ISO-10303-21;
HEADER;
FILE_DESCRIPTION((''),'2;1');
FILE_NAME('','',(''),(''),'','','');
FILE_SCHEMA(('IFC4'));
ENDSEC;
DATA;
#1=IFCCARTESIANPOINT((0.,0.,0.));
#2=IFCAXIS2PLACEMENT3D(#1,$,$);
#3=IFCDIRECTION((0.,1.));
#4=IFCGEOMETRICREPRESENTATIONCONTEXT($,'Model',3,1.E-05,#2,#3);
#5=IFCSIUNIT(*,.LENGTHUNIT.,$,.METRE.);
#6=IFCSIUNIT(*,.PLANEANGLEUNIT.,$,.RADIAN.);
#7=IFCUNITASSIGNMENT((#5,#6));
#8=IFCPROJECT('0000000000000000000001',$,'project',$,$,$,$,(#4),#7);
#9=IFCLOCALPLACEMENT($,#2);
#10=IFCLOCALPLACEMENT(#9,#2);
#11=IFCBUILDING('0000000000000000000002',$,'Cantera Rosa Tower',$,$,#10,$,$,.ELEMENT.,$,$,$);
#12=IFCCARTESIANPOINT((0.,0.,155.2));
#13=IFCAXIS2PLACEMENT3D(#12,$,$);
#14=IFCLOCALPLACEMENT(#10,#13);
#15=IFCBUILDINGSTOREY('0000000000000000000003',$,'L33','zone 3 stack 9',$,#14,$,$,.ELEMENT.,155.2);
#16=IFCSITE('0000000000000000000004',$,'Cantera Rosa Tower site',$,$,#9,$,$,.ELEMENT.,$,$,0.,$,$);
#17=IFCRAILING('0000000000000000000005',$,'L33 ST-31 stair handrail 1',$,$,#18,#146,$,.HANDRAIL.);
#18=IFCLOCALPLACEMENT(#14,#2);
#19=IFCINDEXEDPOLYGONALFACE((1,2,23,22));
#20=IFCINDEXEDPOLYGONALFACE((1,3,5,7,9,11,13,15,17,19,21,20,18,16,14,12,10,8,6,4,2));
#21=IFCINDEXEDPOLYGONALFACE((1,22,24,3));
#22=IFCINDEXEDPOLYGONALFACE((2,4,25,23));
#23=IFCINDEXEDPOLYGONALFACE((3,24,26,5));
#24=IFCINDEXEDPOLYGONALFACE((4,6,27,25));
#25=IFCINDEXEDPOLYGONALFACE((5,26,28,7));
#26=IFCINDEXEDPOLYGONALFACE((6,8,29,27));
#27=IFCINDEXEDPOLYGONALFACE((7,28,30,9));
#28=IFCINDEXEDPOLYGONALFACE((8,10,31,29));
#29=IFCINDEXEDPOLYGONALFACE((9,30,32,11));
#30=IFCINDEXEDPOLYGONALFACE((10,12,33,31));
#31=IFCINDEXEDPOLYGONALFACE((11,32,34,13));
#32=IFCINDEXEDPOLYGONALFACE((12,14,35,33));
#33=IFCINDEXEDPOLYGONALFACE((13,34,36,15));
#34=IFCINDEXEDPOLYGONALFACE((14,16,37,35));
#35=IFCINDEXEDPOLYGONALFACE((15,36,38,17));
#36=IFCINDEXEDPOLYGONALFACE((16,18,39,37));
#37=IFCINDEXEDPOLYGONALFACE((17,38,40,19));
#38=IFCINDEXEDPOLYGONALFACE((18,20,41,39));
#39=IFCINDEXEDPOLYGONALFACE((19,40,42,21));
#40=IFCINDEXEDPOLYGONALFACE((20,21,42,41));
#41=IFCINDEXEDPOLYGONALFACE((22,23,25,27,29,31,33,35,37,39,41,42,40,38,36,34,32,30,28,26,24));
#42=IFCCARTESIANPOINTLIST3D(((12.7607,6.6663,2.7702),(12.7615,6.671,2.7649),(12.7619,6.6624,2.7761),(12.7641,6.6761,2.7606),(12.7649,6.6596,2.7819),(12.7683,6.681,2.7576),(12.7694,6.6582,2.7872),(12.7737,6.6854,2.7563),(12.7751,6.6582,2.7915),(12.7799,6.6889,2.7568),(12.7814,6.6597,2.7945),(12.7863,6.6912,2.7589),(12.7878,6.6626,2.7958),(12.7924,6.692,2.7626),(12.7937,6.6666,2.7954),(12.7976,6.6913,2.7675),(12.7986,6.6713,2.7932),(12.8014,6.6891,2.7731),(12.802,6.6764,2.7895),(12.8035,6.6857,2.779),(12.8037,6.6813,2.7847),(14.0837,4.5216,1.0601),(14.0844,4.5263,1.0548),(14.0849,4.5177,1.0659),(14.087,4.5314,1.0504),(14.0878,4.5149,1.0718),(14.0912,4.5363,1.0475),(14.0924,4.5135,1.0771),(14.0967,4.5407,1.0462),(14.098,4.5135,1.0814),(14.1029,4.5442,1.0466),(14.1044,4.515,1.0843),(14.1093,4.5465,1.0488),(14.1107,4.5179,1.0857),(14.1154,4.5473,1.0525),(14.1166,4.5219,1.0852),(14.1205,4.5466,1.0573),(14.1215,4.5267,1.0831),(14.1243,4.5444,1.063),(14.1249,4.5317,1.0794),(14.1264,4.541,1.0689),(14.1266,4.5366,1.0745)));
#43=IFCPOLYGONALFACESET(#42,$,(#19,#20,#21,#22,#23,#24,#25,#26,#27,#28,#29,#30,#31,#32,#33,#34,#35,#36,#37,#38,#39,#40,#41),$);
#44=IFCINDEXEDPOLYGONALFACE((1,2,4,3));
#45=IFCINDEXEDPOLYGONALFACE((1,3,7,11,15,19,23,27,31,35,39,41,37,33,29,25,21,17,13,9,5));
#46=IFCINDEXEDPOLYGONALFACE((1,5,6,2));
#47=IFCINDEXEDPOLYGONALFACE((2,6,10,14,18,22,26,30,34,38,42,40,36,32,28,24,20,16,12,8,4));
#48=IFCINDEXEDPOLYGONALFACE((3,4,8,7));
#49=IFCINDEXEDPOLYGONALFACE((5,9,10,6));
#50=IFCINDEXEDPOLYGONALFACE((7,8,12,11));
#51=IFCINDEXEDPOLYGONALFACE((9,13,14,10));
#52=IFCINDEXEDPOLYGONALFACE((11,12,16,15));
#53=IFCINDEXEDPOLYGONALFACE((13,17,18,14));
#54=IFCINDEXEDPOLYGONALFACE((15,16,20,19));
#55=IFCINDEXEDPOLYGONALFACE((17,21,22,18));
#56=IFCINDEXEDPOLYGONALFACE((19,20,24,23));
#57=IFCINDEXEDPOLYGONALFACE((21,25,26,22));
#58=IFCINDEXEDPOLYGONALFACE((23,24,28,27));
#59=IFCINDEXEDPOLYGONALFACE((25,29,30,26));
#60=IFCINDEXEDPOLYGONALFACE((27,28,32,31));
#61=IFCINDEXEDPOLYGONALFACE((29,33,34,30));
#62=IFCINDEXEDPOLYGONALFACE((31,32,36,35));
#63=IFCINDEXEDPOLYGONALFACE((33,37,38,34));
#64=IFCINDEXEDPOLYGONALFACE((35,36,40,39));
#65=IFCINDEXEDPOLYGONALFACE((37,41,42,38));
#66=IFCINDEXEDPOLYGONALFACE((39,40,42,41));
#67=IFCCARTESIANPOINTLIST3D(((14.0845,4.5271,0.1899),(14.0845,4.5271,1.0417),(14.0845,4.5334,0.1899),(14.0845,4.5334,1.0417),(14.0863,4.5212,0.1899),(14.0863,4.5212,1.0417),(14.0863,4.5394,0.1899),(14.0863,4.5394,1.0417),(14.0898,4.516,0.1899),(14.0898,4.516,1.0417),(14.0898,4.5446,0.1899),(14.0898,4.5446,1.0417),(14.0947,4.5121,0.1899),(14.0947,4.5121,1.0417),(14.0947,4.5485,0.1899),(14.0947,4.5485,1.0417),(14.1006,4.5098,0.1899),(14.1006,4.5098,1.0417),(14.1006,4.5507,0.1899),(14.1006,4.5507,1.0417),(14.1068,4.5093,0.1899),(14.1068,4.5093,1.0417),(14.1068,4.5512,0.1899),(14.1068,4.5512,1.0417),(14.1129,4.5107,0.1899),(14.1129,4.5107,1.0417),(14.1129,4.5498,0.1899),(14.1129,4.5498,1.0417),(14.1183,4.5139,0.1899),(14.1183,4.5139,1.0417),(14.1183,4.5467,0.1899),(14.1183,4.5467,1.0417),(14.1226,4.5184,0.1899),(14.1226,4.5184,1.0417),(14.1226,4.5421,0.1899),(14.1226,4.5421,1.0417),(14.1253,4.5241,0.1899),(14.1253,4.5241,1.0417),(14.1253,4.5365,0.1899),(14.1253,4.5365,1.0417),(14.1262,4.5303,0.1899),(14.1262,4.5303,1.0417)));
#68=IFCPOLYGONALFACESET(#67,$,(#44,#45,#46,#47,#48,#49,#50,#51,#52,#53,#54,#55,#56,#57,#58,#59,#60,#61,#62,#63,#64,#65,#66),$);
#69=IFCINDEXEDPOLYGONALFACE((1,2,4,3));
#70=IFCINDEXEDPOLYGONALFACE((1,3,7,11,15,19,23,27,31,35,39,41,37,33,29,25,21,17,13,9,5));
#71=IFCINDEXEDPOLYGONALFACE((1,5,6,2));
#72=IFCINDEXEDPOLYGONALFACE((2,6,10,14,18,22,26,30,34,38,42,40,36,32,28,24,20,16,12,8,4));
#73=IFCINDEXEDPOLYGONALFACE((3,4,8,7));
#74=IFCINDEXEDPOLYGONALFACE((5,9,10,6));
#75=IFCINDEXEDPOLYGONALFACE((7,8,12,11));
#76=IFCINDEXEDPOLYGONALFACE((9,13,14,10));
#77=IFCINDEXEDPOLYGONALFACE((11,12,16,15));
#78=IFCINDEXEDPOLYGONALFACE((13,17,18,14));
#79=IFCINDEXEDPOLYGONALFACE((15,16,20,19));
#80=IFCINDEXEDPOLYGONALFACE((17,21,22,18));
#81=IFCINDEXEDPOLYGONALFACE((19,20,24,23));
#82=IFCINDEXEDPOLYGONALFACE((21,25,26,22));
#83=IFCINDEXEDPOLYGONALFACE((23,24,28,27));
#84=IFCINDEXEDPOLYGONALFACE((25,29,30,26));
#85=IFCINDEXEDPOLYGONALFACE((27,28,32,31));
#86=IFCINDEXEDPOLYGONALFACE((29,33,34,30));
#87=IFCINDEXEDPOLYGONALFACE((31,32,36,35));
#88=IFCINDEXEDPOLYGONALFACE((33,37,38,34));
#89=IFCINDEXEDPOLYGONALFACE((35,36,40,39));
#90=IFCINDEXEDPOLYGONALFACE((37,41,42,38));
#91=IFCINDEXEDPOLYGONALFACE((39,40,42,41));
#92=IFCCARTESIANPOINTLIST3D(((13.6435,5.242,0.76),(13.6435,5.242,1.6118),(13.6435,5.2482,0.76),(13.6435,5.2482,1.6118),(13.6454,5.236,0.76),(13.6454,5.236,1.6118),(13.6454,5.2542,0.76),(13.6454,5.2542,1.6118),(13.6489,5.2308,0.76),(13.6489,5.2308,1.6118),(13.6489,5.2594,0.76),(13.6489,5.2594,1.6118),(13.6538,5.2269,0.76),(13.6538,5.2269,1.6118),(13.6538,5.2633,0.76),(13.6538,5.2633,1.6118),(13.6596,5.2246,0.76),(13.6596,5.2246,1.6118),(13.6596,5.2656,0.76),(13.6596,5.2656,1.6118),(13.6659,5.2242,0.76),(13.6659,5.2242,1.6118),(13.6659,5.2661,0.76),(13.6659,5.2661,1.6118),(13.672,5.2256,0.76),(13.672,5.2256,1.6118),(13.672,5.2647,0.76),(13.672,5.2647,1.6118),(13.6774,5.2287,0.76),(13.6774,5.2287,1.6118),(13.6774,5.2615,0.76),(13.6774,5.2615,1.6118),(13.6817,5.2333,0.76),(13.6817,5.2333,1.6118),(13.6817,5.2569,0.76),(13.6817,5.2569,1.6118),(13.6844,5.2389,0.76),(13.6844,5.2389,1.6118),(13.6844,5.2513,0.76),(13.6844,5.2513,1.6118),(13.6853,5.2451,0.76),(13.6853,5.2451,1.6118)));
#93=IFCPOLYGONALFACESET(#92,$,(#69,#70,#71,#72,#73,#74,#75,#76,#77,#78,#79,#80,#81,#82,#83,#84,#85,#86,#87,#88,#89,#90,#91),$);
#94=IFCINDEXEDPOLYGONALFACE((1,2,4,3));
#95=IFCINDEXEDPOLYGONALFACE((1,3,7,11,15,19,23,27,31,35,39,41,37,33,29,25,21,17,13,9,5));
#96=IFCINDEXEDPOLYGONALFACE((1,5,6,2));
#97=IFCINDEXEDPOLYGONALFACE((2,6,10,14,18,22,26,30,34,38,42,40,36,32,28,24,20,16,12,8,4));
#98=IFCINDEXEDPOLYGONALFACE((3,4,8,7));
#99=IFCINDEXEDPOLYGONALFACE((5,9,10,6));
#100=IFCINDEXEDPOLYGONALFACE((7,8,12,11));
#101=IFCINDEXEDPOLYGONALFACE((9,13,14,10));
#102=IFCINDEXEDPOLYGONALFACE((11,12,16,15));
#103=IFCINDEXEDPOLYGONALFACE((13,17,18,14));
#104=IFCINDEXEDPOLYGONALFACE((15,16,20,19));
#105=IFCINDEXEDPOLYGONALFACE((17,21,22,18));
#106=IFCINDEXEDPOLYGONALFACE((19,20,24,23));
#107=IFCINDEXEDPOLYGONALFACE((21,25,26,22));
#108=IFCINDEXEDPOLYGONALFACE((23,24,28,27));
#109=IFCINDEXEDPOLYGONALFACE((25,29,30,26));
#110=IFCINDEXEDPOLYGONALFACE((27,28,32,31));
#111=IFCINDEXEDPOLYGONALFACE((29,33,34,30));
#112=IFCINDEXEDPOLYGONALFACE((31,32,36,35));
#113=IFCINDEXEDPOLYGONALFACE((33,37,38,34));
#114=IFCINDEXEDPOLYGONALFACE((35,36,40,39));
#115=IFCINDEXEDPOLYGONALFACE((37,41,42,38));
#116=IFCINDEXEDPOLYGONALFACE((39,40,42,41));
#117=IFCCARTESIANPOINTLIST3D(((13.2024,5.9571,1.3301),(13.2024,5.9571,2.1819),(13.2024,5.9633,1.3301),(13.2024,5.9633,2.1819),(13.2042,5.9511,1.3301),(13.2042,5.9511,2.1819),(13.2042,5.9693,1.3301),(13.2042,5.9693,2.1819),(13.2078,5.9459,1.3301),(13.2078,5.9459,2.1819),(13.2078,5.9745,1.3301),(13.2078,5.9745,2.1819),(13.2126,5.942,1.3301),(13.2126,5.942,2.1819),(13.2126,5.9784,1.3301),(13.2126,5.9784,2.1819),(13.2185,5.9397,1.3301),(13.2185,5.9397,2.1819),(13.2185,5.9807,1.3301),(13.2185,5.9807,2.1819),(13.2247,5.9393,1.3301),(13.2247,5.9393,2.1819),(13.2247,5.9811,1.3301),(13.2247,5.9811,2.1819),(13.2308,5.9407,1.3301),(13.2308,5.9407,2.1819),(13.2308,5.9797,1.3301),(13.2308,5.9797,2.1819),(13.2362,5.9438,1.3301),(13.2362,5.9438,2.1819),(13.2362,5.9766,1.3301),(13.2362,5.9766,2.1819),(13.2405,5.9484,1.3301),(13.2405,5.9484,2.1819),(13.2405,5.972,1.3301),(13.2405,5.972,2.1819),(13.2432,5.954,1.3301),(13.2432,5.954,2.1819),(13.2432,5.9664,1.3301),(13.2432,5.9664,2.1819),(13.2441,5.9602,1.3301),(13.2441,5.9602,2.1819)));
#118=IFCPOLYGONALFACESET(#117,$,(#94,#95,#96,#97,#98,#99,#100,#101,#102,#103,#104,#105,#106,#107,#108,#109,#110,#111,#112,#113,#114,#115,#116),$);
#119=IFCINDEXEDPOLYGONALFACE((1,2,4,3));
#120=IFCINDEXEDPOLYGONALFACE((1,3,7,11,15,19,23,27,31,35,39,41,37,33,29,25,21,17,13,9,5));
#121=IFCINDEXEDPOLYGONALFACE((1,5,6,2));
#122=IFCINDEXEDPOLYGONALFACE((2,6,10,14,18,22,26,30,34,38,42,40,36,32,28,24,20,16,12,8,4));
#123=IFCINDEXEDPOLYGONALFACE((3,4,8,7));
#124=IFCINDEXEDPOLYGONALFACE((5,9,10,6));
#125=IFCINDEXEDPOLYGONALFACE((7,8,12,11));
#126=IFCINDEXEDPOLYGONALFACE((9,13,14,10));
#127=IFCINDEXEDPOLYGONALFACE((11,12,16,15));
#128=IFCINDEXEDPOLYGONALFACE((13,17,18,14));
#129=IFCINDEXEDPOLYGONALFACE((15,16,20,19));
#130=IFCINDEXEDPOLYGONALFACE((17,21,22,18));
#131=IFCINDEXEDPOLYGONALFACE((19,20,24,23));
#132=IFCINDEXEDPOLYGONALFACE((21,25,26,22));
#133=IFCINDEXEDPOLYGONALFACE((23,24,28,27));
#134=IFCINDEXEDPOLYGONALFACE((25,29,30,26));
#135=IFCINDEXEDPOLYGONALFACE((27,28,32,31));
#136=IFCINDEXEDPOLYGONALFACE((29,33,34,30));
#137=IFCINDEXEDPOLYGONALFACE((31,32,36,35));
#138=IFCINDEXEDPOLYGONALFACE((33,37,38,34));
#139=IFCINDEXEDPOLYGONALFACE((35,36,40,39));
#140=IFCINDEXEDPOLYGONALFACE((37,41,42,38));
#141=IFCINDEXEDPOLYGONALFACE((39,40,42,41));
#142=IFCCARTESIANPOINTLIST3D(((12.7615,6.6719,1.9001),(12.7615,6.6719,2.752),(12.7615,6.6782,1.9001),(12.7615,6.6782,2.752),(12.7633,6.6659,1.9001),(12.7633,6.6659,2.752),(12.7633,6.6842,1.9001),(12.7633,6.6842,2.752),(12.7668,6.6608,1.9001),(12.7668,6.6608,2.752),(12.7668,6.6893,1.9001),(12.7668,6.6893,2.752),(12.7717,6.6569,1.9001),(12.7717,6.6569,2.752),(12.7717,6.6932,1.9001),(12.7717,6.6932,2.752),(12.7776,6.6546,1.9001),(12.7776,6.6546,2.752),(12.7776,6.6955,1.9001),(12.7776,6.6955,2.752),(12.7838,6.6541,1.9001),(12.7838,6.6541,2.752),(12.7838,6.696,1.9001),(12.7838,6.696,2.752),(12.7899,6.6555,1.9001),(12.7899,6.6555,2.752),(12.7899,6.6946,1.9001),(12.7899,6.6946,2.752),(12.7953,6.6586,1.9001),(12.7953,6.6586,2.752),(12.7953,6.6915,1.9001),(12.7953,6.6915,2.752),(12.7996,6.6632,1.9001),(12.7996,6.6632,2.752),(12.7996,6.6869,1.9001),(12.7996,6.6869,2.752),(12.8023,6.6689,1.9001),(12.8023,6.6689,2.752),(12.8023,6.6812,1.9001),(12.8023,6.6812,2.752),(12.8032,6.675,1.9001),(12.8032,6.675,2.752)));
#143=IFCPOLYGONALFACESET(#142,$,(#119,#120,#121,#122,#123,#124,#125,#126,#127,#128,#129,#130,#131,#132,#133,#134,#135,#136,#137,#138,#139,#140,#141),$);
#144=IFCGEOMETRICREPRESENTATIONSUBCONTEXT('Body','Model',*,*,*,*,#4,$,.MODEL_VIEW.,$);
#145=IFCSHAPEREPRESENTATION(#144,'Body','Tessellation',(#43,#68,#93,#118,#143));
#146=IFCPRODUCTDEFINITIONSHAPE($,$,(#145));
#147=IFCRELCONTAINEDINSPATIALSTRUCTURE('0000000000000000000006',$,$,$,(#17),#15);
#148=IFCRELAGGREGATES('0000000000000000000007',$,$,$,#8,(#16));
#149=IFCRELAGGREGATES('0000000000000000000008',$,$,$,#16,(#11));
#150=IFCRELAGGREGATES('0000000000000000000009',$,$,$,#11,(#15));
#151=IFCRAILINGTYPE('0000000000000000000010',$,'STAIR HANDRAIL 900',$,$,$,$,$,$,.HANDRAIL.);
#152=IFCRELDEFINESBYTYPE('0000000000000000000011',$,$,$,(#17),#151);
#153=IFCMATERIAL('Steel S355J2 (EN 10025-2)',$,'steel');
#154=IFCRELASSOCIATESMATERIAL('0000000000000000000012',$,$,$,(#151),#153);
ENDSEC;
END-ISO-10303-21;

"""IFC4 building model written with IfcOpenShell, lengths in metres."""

from ifc_helpers import new_model, si_unit, direction, frame, origin, origin_2d, place, context, subcontext, project, spatial, circle, extrude, material, type_object, element, save


model = new_model("IFC4")

# Units and contexts
model_context = context("Model", 3, precision=1e-05, world=origin(), true_north=direction((0.0, 1.0)))
body_context = subcontext(model_context, "Body", "Model", "MODEL_VIEW")
ifc_project = project(units=[si_unit("LENGTHUNIT", "METRE"), si_unit("PLANEANGLEUNIT", "RADIAN")], contexts=[model_context])

# Site, building, storey
site_placement = place(None, origin())
site = spatial("IfcSite", under=ifc_project, at=site_placement, Name="Cantera Rosa Tower site", CompositionType="ELEMENT", RefElevation=0.0)
building_placement = place(site_placement, origin())
building = spatial("IfcBuilding", under=site, at=building_placement, Name="Cantera Rosa Tower", CompositionType="ELEMENT")
storey_placement = place(building_placement, frame((0.0, 0.0, 155.2)))
storey = spatial("IfcBuildingStorey", under=building, at=storey_placement, Name="L33", Description="zone 3 stack 9", CompositionType="ELEMENT", Elevation=155.2)

# Railing
ifc_material_1 = material(Name="Steel S355J2 (EN 10025-2)", Category="steel")
railing_type_1 = type_object("IfcRailingType", Name="STAIR HANDRAIL 900", PredefinedType="HANDRAIL", material=ifc_material_1)
railing_1_placement = place(storey_placement, frame((14.1052, 4.5303, 0.1899)))
element("IfcRailing", 1, at=railing_1_placement, inside=storey, type_object=railing_type_1, Name="L33 ST-31 stair handrail 1", PredefinedType="HANDRAIL", context=body_context, shape_type="SweptSolid", body=[
    extrude(circle(Radius=0.0239, at=origin_2d()), frame((0.0, 0.0, 0.876), z_axis=(-0.434408, 0.70424, 0.561548), x_axis=(-0.851102, -0.525, 0.0)), (0.0, 0.0, 1.0), 3.0454),
    extrude(circle(Radius=0.021, at=origin_2d()), origin(), (0.0, 0.0, 1.0), 0.8518),
    extrude(circle(Radius=0.021, at=origin_2d()), frame((-0.4409, 0.7148, 0.5701)), (0.0, 0.0, 1.0), 0.8518),
    extrude(circle(Radius=0.021, at=origin_2d()), frame((-0.8821, 1.4299, 1.1401)), (0.0, 0.0, 1.0), 0.8518),
    extrude(circle(Radius=0.021, at=origin_2d()), frame((-1.323, 2.1448, 1.7102)), (0.0, 0.0, 1.0), 0.8518),
])

save(model, "model.ifc")
